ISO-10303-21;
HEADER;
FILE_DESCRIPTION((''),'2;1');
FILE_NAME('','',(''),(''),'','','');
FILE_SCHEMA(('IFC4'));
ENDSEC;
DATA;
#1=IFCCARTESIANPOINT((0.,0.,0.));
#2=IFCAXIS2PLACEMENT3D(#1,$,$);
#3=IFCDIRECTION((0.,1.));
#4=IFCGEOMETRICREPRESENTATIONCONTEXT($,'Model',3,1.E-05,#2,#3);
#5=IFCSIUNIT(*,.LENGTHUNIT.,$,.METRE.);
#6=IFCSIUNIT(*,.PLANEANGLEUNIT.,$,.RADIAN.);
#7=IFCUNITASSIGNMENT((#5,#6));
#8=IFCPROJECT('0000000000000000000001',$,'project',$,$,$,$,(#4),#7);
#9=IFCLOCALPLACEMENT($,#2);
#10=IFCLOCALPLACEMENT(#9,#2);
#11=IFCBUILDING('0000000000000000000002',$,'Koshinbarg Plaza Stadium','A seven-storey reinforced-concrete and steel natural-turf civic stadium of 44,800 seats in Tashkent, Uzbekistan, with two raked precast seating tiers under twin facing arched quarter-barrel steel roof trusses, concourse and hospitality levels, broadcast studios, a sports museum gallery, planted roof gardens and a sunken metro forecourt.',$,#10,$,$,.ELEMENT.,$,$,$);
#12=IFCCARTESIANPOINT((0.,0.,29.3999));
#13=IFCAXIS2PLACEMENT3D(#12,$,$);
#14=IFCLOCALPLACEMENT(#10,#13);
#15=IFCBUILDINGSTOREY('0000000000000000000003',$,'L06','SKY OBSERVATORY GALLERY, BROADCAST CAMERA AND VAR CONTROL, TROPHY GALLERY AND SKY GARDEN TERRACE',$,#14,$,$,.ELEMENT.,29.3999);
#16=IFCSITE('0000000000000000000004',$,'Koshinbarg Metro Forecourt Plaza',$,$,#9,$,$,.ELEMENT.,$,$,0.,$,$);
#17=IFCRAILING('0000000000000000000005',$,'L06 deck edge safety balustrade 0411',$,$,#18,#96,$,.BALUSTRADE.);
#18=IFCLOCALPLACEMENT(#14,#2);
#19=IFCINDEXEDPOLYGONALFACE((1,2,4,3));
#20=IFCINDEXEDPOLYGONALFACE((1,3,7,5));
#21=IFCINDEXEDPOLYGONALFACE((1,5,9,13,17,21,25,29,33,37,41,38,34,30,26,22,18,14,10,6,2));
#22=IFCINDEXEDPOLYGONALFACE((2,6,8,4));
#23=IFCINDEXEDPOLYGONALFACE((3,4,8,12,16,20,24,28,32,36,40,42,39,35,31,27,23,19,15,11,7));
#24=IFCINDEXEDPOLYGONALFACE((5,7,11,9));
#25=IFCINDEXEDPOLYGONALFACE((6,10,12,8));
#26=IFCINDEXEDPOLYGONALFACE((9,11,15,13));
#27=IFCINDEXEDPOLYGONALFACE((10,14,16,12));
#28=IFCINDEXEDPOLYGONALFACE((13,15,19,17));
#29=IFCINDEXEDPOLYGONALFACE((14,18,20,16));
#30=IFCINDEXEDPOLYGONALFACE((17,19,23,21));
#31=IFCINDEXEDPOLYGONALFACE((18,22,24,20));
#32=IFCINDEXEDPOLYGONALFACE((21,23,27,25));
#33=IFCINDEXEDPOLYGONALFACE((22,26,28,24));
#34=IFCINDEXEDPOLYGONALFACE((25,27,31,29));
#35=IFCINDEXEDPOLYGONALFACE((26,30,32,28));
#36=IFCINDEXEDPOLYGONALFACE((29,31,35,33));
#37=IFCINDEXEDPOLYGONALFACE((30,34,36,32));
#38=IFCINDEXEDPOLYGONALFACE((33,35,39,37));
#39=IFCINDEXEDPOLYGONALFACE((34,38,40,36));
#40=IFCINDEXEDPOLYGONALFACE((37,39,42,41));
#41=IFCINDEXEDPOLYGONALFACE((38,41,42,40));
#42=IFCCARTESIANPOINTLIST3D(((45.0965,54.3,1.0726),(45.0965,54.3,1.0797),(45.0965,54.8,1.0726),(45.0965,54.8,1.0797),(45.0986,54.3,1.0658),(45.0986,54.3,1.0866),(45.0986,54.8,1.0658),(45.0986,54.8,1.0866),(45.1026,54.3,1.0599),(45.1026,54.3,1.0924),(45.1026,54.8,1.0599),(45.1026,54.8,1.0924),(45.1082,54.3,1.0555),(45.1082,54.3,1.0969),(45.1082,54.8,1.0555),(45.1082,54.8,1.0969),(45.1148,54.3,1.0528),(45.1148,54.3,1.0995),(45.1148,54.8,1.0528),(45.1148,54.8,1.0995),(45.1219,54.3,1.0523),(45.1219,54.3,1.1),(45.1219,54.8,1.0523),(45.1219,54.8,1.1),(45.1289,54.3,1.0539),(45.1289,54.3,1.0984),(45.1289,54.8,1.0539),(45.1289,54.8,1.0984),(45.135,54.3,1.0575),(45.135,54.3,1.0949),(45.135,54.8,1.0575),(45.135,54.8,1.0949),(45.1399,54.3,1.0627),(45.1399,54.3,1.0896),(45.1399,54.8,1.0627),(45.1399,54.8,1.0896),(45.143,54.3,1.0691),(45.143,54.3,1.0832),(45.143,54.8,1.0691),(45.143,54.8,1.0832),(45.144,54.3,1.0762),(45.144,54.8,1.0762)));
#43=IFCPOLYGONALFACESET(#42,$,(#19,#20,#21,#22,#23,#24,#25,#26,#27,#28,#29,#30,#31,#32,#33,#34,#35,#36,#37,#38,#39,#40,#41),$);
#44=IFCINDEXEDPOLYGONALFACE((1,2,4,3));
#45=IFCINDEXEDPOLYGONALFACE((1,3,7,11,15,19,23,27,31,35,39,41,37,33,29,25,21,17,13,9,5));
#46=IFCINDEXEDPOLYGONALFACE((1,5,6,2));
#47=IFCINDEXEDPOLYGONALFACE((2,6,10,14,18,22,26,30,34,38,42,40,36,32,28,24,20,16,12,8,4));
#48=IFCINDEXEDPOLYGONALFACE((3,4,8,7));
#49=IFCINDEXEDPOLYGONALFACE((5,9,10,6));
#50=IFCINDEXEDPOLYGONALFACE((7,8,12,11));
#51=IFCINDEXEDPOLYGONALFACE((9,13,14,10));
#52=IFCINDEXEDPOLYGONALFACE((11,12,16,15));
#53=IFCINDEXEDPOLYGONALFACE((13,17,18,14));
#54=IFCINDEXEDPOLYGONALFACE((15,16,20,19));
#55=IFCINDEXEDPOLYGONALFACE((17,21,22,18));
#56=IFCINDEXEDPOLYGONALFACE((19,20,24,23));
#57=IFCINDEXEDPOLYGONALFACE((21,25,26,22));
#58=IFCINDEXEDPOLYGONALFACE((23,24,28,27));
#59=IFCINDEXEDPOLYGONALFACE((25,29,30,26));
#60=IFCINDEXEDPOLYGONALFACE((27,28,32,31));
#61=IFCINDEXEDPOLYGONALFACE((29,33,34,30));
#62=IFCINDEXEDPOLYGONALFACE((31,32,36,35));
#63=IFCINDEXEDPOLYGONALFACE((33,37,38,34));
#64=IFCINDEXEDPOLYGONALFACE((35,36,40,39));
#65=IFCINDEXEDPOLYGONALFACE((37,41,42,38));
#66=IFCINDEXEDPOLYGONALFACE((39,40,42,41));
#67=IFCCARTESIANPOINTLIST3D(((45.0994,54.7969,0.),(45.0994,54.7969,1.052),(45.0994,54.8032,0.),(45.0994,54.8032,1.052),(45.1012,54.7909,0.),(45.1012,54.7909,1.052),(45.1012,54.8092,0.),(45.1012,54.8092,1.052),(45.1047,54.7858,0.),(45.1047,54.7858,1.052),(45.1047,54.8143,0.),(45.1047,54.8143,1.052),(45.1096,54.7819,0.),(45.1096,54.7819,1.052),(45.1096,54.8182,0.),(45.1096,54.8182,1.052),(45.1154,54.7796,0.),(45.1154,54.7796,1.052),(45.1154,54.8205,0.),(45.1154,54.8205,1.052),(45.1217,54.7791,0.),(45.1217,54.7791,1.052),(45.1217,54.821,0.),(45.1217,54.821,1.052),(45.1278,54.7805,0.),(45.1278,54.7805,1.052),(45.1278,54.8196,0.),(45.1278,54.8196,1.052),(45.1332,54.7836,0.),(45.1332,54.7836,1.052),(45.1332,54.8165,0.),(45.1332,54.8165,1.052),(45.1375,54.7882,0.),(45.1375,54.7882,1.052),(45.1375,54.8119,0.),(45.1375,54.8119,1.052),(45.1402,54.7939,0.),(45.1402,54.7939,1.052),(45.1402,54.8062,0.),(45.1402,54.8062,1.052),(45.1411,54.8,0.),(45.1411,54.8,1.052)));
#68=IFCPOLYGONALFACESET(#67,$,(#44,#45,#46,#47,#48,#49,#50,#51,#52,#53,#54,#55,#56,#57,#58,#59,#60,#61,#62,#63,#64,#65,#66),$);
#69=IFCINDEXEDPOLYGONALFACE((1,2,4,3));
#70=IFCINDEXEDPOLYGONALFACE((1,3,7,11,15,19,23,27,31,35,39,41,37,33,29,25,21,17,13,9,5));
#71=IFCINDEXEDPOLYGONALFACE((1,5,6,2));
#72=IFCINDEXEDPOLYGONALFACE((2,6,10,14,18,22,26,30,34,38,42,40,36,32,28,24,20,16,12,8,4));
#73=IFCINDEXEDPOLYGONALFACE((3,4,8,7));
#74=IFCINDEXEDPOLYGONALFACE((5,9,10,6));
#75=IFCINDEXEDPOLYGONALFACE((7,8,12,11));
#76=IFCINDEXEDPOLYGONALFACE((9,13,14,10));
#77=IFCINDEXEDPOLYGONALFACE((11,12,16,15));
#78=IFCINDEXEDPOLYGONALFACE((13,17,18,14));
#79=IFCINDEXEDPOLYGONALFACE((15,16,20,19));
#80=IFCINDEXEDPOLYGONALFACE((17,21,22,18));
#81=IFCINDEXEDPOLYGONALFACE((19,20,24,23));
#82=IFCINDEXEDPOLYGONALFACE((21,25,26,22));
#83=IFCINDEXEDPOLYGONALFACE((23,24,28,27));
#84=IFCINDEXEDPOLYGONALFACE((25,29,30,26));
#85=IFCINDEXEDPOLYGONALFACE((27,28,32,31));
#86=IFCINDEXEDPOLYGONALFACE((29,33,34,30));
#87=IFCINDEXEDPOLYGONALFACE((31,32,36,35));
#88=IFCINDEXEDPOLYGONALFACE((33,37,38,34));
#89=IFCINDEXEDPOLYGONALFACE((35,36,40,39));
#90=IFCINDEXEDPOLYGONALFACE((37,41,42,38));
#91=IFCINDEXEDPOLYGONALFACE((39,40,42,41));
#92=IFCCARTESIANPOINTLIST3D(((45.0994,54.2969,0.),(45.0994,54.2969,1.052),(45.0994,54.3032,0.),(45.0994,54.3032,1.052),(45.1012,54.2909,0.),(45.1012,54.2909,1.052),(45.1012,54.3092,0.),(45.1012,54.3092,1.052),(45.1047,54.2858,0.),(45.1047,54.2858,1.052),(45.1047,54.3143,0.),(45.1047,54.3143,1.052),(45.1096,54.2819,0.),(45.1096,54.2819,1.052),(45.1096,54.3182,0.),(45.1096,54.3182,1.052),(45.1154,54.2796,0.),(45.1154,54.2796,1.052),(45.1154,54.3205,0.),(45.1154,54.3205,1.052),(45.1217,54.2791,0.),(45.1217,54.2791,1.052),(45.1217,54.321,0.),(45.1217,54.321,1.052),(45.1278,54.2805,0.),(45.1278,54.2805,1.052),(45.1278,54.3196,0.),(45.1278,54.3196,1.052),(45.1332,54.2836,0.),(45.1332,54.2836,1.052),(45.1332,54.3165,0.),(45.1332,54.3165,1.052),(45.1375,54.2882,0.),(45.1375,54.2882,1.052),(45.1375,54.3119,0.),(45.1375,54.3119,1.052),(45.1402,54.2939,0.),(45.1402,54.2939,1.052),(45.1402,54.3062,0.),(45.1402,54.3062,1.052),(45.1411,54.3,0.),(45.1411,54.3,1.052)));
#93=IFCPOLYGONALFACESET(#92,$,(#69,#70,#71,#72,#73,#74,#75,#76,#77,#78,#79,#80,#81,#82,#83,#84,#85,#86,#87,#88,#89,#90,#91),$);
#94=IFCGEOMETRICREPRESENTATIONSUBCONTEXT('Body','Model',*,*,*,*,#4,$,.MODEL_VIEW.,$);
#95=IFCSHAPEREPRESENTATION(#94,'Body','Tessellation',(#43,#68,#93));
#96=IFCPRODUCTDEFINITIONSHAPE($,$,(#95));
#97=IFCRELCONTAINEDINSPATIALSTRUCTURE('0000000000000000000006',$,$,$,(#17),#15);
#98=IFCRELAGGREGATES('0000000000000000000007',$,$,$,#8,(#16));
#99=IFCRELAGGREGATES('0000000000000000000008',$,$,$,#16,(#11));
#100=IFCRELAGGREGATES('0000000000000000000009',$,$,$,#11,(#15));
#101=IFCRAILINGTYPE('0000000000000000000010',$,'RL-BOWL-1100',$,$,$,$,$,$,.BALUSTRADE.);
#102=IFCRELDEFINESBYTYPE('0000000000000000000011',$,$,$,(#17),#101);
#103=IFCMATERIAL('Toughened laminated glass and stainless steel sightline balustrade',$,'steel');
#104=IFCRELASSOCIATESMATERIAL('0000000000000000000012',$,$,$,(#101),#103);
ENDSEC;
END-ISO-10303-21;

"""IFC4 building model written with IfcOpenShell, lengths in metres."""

from ifc_helpers import new_model, si_unit, direction, frame, origin, origin_2d, place, context, subcontext, project, spatial, circle, extrude, material, type_object, element, save


model = new_model("IFC4")

# Units and contexts
model_context = context("Model", 3, precision=1e-05, world=origin(), true_north=direction((0.0, 1.0)))
body_context = subcontext(model_context, "Body", "Model", "MODEL_VIEW")
ifc_project = project(units=[si_unit("LENGTHUNIT", "METRE"), si_unit("PLANEANGLEUNIT", "RADIAN")], contexts=[model_context])

# Site, building, storey
site_placement = place(None, origin())
site = spatial("IfcSite", under=ifc_project, at=site_placement, Name="Koshinbarg Metro Forecourt Plaza", CompositionType="ELEMENT", RefElevation=0.0)
building_placement = place(site_placement, origin())
building = spatial("IfcBuilding", under=site, at=building_placement, Name="Koshinbarg Plaza Stadium", Description="A seven-storey reinforced-concrete and steel natural-turf civic stadium of 44,800 seats in Tashkent, Uzbekistan, with two raked precast seating tiers under twin facing arched quarter-barrel steel roof trusses, concourse and hospitality levels, broadcast studios, a sports museum gallery, planted roof gardens and a sunken metro forecourt.", CompositionType="ELEMENT")
storey_placement = place(building_placement, frame((0.0, 0.0, 29.3999)))
storey = spatial("IfcBuildingStorey", under=building, at=storey_placement, Name="L06", Description="SKY OBSERVATORY GALLERY, BROADCAST CAMERA AND VAR CONTROL, TROPHY GALLERY AND SKY GARDEN TERRACE", CompositionType="ELEMENT", Elevation=29.3999)

# Railing
ifc_material_1 = material(Name="Toughened laminated glass and stainless steel sightline balustrade", Category="steel")
railing_type = type_object("IfcRailingType", Name="RL-BOWL-1100", PredefinedType="BALUSTRADE", material=ifc_material_1)
railing_placement = place(storey_placement, frame((45.1201, 54.8, 0.0)))
element("IfcRailing", 1, at=railing_placement, inside=storey, type_object=railing_type, Name="L06 deck edge safety balustrade 0411", PredefinedType="BALUSTRADE", context=body_context, shape_type="SweptSolid", body=[
    extrude(circle(Radius=0.0239, at=origin_2d()), frame((0.0, 0.0, 1.0762), z_axis=(0.0, -1.0, 0.0), x_axis=(1.0, 0.0, 0.0)), (0.0, 0.0, 1.0), 0.5),
    extrude(circle(Radius=0.021, at=origin_2d()), origin(), (0.0, 0.0, 1.0), 1.052),
    extrude(circle(Radius=0.021, at=origin_2d()), frame((0.0, -0.5, 0.0)), (0.0, 0.0, 1.0), 1.052),
])

save(model, "model.ifc")
